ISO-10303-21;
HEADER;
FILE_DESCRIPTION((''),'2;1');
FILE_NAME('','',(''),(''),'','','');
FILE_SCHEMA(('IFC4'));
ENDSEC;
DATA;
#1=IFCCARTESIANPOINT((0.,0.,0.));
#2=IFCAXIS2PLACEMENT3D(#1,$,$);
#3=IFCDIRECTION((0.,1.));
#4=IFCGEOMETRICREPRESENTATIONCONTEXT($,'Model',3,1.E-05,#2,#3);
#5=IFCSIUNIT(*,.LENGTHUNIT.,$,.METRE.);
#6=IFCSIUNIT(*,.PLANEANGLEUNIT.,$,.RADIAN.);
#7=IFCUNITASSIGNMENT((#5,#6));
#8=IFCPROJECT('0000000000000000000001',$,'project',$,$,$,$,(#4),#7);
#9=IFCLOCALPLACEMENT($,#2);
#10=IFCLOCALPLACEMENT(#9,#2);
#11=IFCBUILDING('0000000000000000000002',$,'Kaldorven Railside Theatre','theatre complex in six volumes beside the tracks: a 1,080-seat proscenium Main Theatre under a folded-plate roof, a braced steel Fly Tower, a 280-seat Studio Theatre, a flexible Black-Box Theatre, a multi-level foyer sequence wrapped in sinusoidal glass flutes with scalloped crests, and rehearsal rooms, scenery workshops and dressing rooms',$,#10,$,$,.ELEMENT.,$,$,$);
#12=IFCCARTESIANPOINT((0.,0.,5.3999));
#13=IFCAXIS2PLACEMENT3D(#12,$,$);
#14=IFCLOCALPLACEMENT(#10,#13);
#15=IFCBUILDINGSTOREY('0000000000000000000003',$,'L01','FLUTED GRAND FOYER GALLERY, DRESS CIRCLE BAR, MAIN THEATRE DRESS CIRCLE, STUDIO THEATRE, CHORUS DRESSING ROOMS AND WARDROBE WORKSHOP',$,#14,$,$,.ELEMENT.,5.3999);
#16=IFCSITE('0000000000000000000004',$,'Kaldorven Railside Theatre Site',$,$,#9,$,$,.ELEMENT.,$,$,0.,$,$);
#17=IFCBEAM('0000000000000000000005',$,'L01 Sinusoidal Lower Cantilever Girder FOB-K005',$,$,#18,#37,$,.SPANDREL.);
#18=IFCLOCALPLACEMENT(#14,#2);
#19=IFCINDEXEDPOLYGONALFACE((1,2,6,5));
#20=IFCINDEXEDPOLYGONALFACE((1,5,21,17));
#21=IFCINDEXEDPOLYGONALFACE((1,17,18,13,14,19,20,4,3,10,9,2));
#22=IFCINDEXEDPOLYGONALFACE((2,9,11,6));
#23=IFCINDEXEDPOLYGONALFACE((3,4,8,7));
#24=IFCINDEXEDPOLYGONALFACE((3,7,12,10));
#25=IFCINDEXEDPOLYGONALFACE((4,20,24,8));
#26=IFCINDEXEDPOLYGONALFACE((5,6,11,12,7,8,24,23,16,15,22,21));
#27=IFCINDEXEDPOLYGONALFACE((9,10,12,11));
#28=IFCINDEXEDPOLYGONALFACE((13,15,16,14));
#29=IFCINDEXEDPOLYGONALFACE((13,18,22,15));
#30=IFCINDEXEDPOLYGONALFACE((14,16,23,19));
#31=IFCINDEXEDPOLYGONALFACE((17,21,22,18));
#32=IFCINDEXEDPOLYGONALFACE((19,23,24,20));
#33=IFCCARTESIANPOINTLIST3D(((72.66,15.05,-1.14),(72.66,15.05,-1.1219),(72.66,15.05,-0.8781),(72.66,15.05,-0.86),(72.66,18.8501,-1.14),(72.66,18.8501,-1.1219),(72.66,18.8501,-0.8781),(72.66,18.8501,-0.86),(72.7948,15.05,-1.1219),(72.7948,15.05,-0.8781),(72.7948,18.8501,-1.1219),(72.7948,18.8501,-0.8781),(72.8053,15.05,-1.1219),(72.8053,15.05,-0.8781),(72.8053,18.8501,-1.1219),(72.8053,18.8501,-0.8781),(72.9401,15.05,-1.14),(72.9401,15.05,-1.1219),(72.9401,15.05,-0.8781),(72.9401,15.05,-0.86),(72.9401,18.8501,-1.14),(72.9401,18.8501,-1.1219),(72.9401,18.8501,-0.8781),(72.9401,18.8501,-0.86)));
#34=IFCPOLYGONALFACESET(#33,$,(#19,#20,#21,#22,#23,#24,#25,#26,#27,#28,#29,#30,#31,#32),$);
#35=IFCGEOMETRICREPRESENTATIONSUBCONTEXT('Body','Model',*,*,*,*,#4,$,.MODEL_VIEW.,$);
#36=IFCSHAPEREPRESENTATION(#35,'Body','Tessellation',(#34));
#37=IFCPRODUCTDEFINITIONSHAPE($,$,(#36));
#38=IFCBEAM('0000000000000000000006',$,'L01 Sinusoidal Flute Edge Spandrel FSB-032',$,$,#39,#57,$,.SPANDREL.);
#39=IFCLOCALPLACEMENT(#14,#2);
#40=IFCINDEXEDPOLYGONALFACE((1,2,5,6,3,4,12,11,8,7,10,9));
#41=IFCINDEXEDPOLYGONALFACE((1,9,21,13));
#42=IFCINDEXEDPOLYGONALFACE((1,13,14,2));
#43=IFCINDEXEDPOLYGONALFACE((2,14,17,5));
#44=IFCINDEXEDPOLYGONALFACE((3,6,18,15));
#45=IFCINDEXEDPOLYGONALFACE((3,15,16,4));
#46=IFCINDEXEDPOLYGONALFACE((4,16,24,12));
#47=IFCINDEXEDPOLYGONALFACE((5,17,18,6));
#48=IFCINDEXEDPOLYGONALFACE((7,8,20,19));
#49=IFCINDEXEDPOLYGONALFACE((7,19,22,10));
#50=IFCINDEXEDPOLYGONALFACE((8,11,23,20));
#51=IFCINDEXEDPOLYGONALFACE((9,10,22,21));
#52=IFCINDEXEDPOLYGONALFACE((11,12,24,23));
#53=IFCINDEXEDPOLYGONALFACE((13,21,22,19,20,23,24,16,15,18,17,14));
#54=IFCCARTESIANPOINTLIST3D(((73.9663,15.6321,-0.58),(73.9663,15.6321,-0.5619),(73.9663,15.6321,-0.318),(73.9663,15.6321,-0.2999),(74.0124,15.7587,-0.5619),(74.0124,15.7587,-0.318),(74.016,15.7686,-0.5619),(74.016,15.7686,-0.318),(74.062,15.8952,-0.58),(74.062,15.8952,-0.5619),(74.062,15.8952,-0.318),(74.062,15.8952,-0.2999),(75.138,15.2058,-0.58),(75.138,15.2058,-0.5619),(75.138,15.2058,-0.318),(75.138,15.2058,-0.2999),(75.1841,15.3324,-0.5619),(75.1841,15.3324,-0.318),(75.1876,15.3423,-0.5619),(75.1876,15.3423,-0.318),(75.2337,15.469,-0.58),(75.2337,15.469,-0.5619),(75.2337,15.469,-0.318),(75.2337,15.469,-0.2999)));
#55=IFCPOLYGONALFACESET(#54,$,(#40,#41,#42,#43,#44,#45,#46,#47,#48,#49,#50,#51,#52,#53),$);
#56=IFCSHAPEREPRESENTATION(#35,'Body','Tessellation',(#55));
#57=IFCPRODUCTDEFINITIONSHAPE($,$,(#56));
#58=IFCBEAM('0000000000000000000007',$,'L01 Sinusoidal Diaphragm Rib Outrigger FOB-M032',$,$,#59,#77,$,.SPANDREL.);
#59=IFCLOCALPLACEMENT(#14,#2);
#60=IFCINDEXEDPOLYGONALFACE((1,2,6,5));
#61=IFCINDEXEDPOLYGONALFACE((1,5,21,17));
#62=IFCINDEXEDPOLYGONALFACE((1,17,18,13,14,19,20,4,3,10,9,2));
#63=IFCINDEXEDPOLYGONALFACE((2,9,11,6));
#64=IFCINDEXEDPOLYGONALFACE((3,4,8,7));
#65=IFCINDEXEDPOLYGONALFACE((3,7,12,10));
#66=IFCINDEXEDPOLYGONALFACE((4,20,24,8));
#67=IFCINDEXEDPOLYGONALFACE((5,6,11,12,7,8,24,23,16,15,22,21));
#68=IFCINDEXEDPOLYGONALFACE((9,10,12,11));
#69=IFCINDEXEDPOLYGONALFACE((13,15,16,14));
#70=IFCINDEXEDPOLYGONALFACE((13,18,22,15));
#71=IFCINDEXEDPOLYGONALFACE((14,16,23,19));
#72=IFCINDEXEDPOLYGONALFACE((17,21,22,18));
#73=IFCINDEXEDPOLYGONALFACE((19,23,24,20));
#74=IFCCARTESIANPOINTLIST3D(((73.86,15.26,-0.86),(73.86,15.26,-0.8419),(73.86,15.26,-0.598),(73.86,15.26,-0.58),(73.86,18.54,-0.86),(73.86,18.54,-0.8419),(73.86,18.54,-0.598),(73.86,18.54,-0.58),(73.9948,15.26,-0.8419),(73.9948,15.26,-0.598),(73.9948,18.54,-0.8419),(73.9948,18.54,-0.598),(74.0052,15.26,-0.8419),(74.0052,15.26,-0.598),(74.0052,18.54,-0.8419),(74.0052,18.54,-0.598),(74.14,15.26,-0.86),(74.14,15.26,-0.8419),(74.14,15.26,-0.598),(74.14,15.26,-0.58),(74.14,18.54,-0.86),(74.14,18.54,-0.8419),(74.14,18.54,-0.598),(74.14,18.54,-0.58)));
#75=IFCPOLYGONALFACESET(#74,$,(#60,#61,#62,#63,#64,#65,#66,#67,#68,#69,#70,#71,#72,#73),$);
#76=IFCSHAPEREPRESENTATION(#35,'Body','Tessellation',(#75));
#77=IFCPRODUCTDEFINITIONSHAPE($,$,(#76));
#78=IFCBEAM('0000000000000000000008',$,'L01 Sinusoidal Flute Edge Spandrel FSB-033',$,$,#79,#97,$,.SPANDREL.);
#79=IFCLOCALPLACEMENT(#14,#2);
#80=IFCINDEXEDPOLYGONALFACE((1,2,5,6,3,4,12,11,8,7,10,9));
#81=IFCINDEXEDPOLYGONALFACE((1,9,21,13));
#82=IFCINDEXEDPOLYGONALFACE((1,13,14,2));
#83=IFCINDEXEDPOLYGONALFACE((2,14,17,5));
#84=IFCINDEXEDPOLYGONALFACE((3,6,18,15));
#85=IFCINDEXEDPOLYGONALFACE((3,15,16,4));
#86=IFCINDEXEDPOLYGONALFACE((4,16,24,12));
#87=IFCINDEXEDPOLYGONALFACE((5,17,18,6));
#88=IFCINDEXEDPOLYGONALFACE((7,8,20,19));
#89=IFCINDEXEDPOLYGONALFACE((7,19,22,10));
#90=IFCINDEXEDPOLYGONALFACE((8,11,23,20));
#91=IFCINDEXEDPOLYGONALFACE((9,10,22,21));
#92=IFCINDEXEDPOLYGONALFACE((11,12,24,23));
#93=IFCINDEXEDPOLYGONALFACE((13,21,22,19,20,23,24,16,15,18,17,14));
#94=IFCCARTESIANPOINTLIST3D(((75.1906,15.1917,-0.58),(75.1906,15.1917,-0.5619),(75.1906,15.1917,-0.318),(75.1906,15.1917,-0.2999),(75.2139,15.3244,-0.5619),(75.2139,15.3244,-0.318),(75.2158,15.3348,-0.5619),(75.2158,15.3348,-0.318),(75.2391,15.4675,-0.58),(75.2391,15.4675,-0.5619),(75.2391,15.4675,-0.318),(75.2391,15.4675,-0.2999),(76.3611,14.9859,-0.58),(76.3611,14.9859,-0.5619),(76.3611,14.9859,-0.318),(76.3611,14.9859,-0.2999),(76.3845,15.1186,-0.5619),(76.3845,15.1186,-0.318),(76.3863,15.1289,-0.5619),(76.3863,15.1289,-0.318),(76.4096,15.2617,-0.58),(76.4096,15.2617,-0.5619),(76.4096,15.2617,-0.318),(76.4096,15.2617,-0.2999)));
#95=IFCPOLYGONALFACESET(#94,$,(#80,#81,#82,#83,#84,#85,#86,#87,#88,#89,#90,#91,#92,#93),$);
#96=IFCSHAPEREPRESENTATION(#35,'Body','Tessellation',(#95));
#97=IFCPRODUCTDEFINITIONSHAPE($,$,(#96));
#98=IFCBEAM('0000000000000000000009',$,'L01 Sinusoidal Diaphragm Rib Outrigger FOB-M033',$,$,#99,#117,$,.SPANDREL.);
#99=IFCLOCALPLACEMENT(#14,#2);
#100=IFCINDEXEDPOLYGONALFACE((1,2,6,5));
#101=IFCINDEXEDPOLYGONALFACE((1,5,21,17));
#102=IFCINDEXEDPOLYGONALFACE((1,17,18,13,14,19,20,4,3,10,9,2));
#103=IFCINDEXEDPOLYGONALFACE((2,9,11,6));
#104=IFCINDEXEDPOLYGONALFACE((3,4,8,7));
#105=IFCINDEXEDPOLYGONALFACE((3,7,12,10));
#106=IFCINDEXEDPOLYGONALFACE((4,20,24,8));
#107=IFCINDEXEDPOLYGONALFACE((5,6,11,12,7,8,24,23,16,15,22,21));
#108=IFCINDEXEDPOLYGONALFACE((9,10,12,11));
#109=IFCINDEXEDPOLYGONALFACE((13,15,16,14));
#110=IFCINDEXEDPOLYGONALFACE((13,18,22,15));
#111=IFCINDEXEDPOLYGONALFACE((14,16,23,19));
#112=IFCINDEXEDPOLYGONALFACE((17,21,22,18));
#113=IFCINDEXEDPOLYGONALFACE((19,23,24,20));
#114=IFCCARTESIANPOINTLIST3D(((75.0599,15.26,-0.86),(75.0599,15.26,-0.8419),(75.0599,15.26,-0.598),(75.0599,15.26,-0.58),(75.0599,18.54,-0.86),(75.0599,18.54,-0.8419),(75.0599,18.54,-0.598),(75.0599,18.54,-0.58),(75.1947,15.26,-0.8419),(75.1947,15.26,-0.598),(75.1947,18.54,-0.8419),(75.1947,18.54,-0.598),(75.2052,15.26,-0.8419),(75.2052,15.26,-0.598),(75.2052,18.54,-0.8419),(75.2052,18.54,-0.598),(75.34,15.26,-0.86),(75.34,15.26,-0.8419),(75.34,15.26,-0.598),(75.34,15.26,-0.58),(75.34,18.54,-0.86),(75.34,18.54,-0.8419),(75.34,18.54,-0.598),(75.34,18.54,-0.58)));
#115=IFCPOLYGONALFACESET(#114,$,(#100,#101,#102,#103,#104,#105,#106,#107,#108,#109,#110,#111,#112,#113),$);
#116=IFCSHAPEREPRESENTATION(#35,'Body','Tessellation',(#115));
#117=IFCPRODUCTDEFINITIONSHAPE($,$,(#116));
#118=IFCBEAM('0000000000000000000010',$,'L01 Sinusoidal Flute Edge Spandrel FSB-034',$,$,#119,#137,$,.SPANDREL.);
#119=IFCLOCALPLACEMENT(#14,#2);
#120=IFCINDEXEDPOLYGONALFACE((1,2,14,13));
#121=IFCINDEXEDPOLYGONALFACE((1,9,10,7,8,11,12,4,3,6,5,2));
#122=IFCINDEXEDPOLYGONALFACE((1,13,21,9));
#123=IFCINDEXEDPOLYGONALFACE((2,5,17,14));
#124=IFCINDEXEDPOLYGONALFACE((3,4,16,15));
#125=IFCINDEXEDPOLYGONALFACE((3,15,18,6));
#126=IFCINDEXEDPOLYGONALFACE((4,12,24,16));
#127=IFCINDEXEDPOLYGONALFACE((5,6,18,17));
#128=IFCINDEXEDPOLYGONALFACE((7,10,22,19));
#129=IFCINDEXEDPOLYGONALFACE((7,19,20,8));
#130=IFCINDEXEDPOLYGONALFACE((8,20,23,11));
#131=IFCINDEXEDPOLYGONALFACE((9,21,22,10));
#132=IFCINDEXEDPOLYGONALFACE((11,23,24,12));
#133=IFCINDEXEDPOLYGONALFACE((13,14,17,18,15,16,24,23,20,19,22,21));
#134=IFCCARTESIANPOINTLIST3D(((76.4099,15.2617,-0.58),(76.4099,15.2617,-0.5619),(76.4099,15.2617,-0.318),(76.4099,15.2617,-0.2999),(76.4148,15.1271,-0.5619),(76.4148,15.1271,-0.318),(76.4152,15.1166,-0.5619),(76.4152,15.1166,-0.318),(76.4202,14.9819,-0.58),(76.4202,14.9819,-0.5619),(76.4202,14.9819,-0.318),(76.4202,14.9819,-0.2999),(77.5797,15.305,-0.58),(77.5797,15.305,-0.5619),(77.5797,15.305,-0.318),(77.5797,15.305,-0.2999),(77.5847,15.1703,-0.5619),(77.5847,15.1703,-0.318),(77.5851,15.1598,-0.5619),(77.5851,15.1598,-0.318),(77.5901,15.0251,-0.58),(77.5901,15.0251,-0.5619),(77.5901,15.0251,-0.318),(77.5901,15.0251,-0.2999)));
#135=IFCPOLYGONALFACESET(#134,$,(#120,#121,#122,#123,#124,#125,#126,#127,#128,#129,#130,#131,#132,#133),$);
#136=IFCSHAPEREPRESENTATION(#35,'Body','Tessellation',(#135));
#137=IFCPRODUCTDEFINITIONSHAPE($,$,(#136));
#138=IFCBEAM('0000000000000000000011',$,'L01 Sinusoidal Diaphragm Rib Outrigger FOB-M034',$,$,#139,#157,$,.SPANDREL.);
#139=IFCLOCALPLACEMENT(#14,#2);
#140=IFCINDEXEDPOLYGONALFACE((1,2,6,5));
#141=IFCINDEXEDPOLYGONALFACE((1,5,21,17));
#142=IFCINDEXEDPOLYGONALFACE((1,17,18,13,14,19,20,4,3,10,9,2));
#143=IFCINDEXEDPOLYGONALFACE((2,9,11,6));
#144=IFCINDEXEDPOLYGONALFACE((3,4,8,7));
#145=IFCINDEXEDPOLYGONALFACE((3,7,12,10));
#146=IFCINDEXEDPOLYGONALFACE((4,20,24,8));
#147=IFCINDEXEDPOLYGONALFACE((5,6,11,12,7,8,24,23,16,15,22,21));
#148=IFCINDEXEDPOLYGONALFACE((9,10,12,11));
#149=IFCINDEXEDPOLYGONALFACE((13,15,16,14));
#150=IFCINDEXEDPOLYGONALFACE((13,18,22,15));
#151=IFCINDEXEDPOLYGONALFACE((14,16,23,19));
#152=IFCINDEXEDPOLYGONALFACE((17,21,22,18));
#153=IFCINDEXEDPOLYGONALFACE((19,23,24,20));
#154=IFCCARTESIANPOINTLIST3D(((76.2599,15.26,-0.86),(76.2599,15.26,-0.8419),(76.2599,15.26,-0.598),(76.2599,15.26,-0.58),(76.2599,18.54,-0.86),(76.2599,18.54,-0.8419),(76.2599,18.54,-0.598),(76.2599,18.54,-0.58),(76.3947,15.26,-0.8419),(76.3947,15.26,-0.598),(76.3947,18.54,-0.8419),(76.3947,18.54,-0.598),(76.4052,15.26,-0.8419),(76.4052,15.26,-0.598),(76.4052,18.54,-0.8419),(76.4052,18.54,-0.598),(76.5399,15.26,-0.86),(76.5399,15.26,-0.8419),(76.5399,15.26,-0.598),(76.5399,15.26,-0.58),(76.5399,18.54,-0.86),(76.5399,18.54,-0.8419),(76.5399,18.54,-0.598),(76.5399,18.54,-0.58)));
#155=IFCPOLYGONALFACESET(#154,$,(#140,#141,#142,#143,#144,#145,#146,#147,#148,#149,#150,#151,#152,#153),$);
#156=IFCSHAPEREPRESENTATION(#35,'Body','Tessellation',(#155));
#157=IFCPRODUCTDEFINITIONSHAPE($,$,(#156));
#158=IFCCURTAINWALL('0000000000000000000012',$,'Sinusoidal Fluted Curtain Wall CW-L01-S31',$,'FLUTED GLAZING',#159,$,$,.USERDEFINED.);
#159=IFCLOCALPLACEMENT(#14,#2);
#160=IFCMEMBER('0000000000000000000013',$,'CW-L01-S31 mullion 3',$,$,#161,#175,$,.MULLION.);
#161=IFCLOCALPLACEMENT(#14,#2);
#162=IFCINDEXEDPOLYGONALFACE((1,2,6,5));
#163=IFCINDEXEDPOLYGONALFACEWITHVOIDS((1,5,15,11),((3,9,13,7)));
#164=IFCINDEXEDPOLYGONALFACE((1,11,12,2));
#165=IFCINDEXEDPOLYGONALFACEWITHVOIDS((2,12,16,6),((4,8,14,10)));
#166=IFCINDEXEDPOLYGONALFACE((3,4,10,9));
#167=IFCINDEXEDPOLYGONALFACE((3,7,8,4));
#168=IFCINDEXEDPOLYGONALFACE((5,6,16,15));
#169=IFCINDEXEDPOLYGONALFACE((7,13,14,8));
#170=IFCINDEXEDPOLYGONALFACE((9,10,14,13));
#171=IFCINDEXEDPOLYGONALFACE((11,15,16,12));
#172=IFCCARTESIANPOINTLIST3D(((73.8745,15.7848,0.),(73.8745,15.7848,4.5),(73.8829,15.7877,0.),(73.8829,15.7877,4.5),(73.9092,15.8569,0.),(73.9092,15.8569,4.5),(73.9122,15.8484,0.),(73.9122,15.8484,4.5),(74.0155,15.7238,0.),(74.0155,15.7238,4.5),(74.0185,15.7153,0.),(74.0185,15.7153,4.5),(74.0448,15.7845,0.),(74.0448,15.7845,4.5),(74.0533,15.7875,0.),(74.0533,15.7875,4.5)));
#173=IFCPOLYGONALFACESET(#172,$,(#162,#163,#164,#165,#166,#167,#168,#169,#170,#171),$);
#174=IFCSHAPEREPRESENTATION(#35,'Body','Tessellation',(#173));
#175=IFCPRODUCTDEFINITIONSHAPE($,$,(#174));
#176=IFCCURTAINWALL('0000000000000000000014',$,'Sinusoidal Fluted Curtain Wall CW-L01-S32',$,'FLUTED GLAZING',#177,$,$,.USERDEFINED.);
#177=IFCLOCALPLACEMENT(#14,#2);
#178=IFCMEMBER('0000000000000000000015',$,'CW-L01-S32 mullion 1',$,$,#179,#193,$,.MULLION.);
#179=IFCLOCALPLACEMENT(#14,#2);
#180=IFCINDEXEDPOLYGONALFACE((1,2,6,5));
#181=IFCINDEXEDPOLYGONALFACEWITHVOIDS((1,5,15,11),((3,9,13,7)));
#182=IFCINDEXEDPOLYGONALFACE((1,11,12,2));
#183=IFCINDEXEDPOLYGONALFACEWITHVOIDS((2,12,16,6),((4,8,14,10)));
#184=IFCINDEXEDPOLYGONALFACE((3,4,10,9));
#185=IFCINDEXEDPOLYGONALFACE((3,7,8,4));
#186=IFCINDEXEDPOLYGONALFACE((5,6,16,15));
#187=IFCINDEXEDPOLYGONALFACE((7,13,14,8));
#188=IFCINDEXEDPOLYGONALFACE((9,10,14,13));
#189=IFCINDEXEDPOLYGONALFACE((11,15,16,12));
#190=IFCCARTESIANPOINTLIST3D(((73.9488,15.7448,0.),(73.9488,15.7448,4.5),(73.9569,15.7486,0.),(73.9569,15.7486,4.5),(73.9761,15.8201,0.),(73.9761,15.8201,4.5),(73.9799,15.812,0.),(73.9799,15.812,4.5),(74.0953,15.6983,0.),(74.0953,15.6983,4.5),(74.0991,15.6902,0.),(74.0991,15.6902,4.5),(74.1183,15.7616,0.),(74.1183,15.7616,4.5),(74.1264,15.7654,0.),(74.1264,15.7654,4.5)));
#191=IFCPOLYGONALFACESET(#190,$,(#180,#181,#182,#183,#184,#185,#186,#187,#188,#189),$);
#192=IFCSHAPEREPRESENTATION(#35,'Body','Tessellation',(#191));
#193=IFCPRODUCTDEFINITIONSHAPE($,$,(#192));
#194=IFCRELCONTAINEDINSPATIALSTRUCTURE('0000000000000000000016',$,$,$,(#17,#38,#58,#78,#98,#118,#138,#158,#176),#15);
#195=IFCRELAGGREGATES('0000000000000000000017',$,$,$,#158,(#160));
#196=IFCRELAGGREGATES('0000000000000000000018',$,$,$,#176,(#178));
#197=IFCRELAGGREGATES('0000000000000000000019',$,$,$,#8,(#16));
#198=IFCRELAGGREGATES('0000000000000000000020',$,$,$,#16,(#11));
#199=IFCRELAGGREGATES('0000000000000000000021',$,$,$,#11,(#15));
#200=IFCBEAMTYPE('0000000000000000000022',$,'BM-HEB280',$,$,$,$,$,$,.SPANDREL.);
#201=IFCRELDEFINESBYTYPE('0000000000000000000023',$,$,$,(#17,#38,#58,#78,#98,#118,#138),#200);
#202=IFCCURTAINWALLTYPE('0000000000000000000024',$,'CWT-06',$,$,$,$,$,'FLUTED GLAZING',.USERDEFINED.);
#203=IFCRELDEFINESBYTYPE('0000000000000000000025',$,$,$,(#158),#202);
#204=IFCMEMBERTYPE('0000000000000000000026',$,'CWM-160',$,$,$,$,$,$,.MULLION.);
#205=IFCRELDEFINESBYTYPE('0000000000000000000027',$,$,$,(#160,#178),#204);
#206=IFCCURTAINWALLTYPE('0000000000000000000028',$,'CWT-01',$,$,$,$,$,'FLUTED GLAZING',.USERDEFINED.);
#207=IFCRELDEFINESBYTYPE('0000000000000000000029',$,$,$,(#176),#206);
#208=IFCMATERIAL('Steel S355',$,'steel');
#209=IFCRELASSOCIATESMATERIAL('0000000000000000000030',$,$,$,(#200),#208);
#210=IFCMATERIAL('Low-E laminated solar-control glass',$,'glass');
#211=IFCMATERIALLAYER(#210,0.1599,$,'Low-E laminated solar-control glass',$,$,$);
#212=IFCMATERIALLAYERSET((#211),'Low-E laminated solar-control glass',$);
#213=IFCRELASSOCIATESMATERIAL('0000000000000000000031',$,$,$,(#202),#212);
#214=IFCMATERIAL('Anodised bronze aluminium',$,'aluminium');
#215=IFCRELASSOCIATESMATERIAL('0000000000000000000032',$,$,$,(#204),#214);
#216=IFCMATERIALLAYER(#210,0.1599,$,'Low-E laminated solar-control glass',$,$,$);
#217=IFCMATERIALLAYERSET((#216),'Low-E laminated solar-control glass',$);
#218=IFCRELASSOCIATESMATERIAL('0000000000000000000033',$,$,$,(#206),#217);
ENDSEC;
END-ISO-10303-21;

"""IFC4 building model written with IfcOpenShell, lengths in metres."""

from ifc_helpers import new_model, si_unit, direction, frame, origin, origin_2d, place, context, subcontext, project, spatial, hollow_rectangle, i_section, extrude, material, layer, layer_set, material_profile, profile_set, type_object, element, aggregate, save


model = new_model("IFC4")

# Units and contexts
model_context = context("Model", 3, precision=1e-05, world=origin(), true_north=direction((0.0, 1.0)))
body_context = subcontext(model_context, "Body", "Model", "MODEL_VIEW")
ifc_project = project(units=[si_unit("LENGTHUNIT", "METRE"), si_unit("PLANEANGLEUNIT", "RADIAN")], contexts=[model_context])

# Site, building, storey
site_placement = place(None, origin())
site = spatial("IfcSite", under=ifc_project, at=site_placement, Name="Kaldorven Railside Theatre Site", CompositionType="ELEMENT", RefElevation=0.0)
building_placement = place(site_placement, origin())
building = spatial("IfcBuilding", under=site, at=building_placement, Name="Kaldorven Railside Theatre", Description="theatre complex in six volumes beside the tracks: a 1,080-seat proscenium Main Theatre under a folded-plate roof, a braced steel Fly Tower, a 280-seat Studio Theatre, a flexible Black-Box Theatre, a multi-level foyer sequence wrapped in sinusoidal glass flutes with scalloped crests, and rehearsal rooms, scenery workshops and dressing rooms", CompositionType="ELEMENT")
storey_placement = place(building_placement, frame((0.0, 0.0, 5.3999)))
storey = spatial("IfcBuildingStorey", under=building, at=storey_placement, Name="L01", Description="FLUTED GRAND FOYER GALLERY, DRESS CIRCLE BAR, MAIN THEATRE DRESS CIRCLE, STUDIO THEATRE, CHORUS DRESSING ROOMS AND WARDROBE WORKSHOP", CompositionType="ELEMENT", Elevation=5.3999)

# Beams
ifc_material_1 = material(Name="Steel S355", Category="steel")
ifc_material_profile_1 = material_profile(ifc_material_1, i_section(OverallWidth=0.28, OverallDepth=0.28, WebThickness=0.0105, FlangeThickness=0.0181, at=origin_2d()), Name="HEB 280")
ifc_profile_set_1 = profile_set([ifc_material_profile_1], Name="Steel S355")
beam_type = type_object("IfcBeamType", Name="BM-HEB280", PredefinedType="SPANDREL", material=ifc_profile_set_1)
beam_1_placement = place(storey_placement, frame((72.8, 15.05, -1.0), z_axis=(0.0, 1.0, 0.0), x_axis=(-1.0, 0.0, 0.0)))
element("IfcBeam", 1, at=beam_1_placement, inside=storey, type_object=beam_type, Name="L01 Sinusoidal Lower Cantilever Girder FOB-K005", PredefinedType="SPANDREL", context=body_context, shape_type="SweptSolid", body=[
    extrude(i_section(OverallWidth=0.28, OverallDepth=0.28, WebThickness=0.0105, FlangeThickness=0.0181, at=origin_2d()), origin(), (0.0, 0.0, 1.0), 3.8),
])
beam_2_placement = place(storey_placement, frame((74.0142, 15.7637, -0.4399), z_axis=(0.939736, -0.3419, 0.0), x_axis=(0.3419, 0.939736, 0.0)))
element("IfcBeam", 2, at=beam_2_placement, inside=storey, type_object=beam_type, Name="L01 Sinusoidal Flute Edge Spandrel FSB-032", PredefinedType="SPANDREL", context=body_context, shape_type="SweptSolid", body=[
    extrude(i_section(OverallWidth=0.28, OverallDepth=0.28, WebThickness=0.0105, FlangeThickness=0.0181, at=origin_2d()), origin(), (0.0, 0.0, 1.0), 1.2468),
])
beam_3_placement = place(storey_placement, frame((74.0, 15.26, -0.72), z_axis=(0.0, 1.0, 0.0), x_axis=(-1.0, 0.0, 0.0)))
element("IfcBeam", 3, at=beam_3_placement, inside=storey, type_object=beam_type, Name="L01 Sinusoidal Diaphragm Rib Outrigger FOB-M032", PredefinedType="SPANDREL", context=body_context, shape_type="SweptSolid", body=[
    extrude(i_section(OverallWidth=0.28, OverallDepth=0.28, WebThickness=0.0105, FlangeThickness=0.0181, at=origin_2d()), origin(), (0.0, 0.0, 1.0), 3.28),
])
beam_4_placement = place(storey_placement, frame((75.2148, 15.3296, -0.4399), z_axis=(0.984889, -0.173188, 0.0), x_axis=(0.173188, 0.984889, 0.0)))
element("IfcBeam", 4, at=beam_4_placement, inside=storey, type_object=beam_type, Name="L01 Sinusoidal Flute Edge Spandrel FSB-033", PredefinedType="SPANDREL", context=body_context, shape_type="SweptSolid", body=[
    extrude(i_section(OverallWidth=0.28, OverallDepth=0.28, WebThickness=0.0105, FlangeThickness=0.0181, at=origin_2d()), origin(), (0.0, 0.0, 1.0), 1.1885),
])
beam_5_placement = place(storey_placement, frame((75.2, 15.26, -0.72), z_axis=(0.0, 1.0, 0.0), x_axis=(-1.0, 0.0, 0.0)))
element("IfcBeam", 5, at=beam_5_placement, inside=storey, type_object=beam_type, Name="L01 Sinusoidal Diaphragm Rib Outrigger FOB-M033", PredefinedType="SPANDREL", context=body_context, shape_type="SweptSolid", body=[
    extrude(i_section(OverallWidth=0.28, OverallDepth=0.28, WebThickness=0.0105, FlangeThickness=0.0181, at=origin_2d()), origin(), (0.0, 0.0, 1.0), 3.28),
])
beam_6_placement = place(storey_placement, frame((76.415, 15.1218, -0.4399), z_axis=(0.999319, 0.036911, 0.0), x_axis=(-0.036911, 0.999319, 0.0)))
element("IfcBeam", 6, at=beam_6_placement, inside=storey, type_object=beam_type, Name="L01 Sinusoidal Flute Edge Spandrel FSB-034", PredefinedType="SPANDREL", context=body_context, shape_type="SweptSolid", body=[
    extrude(i_section(OverallWidth=0.28, OverallDepth=0.28, WebThickness=0.0105, FlangeThickness=0.0181, at=origin_2d()), origin(), (0.0, 0.0, 1.0), 1.1707),
])
beam_7_placement = place(storey_placement, frame((76.3999, 15.26, -0.72), z_axis=(0.0, 1.0, 0.0), x_axis=(-1.0, 0.0, 0.0)))
element("IfcBeam", 7, at=beam_7_placement, inside=storey, type_object=beam_type, Name="L01 Sinusoidal Diaphragm Rib Outrigger FOB-M034", PredefinedType="SPANDREL", context=body_context, shape_type="SweptSolid", body=[
    extrude(i_section(OverallWidth=0.28, OverallDepth=0.28, WebThickness=0.0105, FlangeThickness=0.0181, at=origin_2d()), origin(), (0.0, 0.0, 1.0), 3.28),
])

# Curtain wall, member
ifc_material_2 = material(Name="Low-E laminated solar-control glass", Category="glass")
ifc_layer_1 = layer(ifc_material_2, 0.1599, Name="Low-E laminated solar-control glass")
ifc_layer_set_1 = layer_set([ifc_layer_1], Name="Low-E laminated solar-control glass")
curtain_wall_type_1 = type_object("IfcCurtainWallType", Name="CWT-06", ElementType="FLUTED GLAZING", PredefinedType="USERDEFINED", material=ifc_layer_set_1)
curtain_wall_1_placement = place(storey_placement, origin())
curtain_wall_1 = element("IfcCurtainWall", 8, at=curtain_wall_1_placement, inside=storey, type_object=curtain_wall_type_1, Name="Sinusoidal Fluted Curtain Wall CW-L01-S31", ObjectType="FLUTED GLAZING", PredefinedType="USERDEFINED")
ifc_material_3 = material(Name="Anodised bronze aluminium", Category="aluminium")
ifc_material_profile_2 = material_profile(ifc_material_3, hollow_rectangle(XDim=0.0801, YDim=0.1599, WallThickness=0.0063, at=origin_2d()), Name="RHS 160x80x6.3")
ifc_profile_set_2 = profile_set([ifc_material_profile_2], Name="Anodised bronze aluminium")
member_type_1 = type_object("IfcMemberType", Name="CWM-160", PredefinedType="MULLION", material=ifc_profile_set_2)
member_1_placement = place(storey_placement, frame((73.9639, 15.7861, 0.0), z_axis=(0.0, 0.0, 1.0), x_axis=(0.434256, 0.90079, 0.0)))
member_1 = element("IfcMember", 9, at=member_1_placement, type_object=member_type_1, Name="CW-L01-S31 mullion 3", PredefinedType="MULLION", context=body_context, shape_type="SweptSolid", body=[
    extrude(hollow_rectangle(XDim=0.0801, YDim=0.1599, WallThickness=0.0063, at=origin_2d()), origin(), (0.0, 0.0, 1.0), 4.5),
])

# Curtain wall, member
ifc_layer_2 = layer(ifc_material_2, 0.1599, Name="Low-E laminated solar-control glass")
ifc_layer_set_2 = layer_set([ifc_layer_2], Name="Low-E laminated solar-control glass")
curtain_wall_type_2 = type_object("IfcCurtainWallType", Name="CWT-01", ElementType="FLUTED GLAZING", PredefinedType="USERDEFINED", material=ifc_layer_set_2)
curtain_wall_2_placement = place(storey_placement, origin())
curtain_wall_2 = element("IfcCurtainWall", 10, at=curtain_wall_2_placement, inside=storey, type_object=curtain_wall_type_2, Name="Sinusoidal Fluted Curtain Wall CW-L01-S32", ObjectType="FLUTED GLAZING", PredefinedType="USERDEFINED")
member_2_placement = place(storey_placement, frame((74.0376, 15.7551, 0.0), z_axis=(0.0, 0.0, 1.0), x_axis=(0.341837, 0.939759, 0.0)))
member_2 = element("IfcMember", 11, at=member_2_placement, type_object=member_type_1, Name="CW-L01-S32 mullion 1", PredefinedType="MULLION", context=body_context, shape_type="SweptSolid", body=[
    extrude(hollow_rectangle(XDim=0.0801, YDim=0.1599, WallThickness=0.0063, at=origin_2d()), origin(), (0.0, 0.0, 1.0), 4.5),
])

aggregate(curtain_wall_1, [member_1])
aggregate(curtain_wall_2, [member_2])

save(model, "model.ifc")
